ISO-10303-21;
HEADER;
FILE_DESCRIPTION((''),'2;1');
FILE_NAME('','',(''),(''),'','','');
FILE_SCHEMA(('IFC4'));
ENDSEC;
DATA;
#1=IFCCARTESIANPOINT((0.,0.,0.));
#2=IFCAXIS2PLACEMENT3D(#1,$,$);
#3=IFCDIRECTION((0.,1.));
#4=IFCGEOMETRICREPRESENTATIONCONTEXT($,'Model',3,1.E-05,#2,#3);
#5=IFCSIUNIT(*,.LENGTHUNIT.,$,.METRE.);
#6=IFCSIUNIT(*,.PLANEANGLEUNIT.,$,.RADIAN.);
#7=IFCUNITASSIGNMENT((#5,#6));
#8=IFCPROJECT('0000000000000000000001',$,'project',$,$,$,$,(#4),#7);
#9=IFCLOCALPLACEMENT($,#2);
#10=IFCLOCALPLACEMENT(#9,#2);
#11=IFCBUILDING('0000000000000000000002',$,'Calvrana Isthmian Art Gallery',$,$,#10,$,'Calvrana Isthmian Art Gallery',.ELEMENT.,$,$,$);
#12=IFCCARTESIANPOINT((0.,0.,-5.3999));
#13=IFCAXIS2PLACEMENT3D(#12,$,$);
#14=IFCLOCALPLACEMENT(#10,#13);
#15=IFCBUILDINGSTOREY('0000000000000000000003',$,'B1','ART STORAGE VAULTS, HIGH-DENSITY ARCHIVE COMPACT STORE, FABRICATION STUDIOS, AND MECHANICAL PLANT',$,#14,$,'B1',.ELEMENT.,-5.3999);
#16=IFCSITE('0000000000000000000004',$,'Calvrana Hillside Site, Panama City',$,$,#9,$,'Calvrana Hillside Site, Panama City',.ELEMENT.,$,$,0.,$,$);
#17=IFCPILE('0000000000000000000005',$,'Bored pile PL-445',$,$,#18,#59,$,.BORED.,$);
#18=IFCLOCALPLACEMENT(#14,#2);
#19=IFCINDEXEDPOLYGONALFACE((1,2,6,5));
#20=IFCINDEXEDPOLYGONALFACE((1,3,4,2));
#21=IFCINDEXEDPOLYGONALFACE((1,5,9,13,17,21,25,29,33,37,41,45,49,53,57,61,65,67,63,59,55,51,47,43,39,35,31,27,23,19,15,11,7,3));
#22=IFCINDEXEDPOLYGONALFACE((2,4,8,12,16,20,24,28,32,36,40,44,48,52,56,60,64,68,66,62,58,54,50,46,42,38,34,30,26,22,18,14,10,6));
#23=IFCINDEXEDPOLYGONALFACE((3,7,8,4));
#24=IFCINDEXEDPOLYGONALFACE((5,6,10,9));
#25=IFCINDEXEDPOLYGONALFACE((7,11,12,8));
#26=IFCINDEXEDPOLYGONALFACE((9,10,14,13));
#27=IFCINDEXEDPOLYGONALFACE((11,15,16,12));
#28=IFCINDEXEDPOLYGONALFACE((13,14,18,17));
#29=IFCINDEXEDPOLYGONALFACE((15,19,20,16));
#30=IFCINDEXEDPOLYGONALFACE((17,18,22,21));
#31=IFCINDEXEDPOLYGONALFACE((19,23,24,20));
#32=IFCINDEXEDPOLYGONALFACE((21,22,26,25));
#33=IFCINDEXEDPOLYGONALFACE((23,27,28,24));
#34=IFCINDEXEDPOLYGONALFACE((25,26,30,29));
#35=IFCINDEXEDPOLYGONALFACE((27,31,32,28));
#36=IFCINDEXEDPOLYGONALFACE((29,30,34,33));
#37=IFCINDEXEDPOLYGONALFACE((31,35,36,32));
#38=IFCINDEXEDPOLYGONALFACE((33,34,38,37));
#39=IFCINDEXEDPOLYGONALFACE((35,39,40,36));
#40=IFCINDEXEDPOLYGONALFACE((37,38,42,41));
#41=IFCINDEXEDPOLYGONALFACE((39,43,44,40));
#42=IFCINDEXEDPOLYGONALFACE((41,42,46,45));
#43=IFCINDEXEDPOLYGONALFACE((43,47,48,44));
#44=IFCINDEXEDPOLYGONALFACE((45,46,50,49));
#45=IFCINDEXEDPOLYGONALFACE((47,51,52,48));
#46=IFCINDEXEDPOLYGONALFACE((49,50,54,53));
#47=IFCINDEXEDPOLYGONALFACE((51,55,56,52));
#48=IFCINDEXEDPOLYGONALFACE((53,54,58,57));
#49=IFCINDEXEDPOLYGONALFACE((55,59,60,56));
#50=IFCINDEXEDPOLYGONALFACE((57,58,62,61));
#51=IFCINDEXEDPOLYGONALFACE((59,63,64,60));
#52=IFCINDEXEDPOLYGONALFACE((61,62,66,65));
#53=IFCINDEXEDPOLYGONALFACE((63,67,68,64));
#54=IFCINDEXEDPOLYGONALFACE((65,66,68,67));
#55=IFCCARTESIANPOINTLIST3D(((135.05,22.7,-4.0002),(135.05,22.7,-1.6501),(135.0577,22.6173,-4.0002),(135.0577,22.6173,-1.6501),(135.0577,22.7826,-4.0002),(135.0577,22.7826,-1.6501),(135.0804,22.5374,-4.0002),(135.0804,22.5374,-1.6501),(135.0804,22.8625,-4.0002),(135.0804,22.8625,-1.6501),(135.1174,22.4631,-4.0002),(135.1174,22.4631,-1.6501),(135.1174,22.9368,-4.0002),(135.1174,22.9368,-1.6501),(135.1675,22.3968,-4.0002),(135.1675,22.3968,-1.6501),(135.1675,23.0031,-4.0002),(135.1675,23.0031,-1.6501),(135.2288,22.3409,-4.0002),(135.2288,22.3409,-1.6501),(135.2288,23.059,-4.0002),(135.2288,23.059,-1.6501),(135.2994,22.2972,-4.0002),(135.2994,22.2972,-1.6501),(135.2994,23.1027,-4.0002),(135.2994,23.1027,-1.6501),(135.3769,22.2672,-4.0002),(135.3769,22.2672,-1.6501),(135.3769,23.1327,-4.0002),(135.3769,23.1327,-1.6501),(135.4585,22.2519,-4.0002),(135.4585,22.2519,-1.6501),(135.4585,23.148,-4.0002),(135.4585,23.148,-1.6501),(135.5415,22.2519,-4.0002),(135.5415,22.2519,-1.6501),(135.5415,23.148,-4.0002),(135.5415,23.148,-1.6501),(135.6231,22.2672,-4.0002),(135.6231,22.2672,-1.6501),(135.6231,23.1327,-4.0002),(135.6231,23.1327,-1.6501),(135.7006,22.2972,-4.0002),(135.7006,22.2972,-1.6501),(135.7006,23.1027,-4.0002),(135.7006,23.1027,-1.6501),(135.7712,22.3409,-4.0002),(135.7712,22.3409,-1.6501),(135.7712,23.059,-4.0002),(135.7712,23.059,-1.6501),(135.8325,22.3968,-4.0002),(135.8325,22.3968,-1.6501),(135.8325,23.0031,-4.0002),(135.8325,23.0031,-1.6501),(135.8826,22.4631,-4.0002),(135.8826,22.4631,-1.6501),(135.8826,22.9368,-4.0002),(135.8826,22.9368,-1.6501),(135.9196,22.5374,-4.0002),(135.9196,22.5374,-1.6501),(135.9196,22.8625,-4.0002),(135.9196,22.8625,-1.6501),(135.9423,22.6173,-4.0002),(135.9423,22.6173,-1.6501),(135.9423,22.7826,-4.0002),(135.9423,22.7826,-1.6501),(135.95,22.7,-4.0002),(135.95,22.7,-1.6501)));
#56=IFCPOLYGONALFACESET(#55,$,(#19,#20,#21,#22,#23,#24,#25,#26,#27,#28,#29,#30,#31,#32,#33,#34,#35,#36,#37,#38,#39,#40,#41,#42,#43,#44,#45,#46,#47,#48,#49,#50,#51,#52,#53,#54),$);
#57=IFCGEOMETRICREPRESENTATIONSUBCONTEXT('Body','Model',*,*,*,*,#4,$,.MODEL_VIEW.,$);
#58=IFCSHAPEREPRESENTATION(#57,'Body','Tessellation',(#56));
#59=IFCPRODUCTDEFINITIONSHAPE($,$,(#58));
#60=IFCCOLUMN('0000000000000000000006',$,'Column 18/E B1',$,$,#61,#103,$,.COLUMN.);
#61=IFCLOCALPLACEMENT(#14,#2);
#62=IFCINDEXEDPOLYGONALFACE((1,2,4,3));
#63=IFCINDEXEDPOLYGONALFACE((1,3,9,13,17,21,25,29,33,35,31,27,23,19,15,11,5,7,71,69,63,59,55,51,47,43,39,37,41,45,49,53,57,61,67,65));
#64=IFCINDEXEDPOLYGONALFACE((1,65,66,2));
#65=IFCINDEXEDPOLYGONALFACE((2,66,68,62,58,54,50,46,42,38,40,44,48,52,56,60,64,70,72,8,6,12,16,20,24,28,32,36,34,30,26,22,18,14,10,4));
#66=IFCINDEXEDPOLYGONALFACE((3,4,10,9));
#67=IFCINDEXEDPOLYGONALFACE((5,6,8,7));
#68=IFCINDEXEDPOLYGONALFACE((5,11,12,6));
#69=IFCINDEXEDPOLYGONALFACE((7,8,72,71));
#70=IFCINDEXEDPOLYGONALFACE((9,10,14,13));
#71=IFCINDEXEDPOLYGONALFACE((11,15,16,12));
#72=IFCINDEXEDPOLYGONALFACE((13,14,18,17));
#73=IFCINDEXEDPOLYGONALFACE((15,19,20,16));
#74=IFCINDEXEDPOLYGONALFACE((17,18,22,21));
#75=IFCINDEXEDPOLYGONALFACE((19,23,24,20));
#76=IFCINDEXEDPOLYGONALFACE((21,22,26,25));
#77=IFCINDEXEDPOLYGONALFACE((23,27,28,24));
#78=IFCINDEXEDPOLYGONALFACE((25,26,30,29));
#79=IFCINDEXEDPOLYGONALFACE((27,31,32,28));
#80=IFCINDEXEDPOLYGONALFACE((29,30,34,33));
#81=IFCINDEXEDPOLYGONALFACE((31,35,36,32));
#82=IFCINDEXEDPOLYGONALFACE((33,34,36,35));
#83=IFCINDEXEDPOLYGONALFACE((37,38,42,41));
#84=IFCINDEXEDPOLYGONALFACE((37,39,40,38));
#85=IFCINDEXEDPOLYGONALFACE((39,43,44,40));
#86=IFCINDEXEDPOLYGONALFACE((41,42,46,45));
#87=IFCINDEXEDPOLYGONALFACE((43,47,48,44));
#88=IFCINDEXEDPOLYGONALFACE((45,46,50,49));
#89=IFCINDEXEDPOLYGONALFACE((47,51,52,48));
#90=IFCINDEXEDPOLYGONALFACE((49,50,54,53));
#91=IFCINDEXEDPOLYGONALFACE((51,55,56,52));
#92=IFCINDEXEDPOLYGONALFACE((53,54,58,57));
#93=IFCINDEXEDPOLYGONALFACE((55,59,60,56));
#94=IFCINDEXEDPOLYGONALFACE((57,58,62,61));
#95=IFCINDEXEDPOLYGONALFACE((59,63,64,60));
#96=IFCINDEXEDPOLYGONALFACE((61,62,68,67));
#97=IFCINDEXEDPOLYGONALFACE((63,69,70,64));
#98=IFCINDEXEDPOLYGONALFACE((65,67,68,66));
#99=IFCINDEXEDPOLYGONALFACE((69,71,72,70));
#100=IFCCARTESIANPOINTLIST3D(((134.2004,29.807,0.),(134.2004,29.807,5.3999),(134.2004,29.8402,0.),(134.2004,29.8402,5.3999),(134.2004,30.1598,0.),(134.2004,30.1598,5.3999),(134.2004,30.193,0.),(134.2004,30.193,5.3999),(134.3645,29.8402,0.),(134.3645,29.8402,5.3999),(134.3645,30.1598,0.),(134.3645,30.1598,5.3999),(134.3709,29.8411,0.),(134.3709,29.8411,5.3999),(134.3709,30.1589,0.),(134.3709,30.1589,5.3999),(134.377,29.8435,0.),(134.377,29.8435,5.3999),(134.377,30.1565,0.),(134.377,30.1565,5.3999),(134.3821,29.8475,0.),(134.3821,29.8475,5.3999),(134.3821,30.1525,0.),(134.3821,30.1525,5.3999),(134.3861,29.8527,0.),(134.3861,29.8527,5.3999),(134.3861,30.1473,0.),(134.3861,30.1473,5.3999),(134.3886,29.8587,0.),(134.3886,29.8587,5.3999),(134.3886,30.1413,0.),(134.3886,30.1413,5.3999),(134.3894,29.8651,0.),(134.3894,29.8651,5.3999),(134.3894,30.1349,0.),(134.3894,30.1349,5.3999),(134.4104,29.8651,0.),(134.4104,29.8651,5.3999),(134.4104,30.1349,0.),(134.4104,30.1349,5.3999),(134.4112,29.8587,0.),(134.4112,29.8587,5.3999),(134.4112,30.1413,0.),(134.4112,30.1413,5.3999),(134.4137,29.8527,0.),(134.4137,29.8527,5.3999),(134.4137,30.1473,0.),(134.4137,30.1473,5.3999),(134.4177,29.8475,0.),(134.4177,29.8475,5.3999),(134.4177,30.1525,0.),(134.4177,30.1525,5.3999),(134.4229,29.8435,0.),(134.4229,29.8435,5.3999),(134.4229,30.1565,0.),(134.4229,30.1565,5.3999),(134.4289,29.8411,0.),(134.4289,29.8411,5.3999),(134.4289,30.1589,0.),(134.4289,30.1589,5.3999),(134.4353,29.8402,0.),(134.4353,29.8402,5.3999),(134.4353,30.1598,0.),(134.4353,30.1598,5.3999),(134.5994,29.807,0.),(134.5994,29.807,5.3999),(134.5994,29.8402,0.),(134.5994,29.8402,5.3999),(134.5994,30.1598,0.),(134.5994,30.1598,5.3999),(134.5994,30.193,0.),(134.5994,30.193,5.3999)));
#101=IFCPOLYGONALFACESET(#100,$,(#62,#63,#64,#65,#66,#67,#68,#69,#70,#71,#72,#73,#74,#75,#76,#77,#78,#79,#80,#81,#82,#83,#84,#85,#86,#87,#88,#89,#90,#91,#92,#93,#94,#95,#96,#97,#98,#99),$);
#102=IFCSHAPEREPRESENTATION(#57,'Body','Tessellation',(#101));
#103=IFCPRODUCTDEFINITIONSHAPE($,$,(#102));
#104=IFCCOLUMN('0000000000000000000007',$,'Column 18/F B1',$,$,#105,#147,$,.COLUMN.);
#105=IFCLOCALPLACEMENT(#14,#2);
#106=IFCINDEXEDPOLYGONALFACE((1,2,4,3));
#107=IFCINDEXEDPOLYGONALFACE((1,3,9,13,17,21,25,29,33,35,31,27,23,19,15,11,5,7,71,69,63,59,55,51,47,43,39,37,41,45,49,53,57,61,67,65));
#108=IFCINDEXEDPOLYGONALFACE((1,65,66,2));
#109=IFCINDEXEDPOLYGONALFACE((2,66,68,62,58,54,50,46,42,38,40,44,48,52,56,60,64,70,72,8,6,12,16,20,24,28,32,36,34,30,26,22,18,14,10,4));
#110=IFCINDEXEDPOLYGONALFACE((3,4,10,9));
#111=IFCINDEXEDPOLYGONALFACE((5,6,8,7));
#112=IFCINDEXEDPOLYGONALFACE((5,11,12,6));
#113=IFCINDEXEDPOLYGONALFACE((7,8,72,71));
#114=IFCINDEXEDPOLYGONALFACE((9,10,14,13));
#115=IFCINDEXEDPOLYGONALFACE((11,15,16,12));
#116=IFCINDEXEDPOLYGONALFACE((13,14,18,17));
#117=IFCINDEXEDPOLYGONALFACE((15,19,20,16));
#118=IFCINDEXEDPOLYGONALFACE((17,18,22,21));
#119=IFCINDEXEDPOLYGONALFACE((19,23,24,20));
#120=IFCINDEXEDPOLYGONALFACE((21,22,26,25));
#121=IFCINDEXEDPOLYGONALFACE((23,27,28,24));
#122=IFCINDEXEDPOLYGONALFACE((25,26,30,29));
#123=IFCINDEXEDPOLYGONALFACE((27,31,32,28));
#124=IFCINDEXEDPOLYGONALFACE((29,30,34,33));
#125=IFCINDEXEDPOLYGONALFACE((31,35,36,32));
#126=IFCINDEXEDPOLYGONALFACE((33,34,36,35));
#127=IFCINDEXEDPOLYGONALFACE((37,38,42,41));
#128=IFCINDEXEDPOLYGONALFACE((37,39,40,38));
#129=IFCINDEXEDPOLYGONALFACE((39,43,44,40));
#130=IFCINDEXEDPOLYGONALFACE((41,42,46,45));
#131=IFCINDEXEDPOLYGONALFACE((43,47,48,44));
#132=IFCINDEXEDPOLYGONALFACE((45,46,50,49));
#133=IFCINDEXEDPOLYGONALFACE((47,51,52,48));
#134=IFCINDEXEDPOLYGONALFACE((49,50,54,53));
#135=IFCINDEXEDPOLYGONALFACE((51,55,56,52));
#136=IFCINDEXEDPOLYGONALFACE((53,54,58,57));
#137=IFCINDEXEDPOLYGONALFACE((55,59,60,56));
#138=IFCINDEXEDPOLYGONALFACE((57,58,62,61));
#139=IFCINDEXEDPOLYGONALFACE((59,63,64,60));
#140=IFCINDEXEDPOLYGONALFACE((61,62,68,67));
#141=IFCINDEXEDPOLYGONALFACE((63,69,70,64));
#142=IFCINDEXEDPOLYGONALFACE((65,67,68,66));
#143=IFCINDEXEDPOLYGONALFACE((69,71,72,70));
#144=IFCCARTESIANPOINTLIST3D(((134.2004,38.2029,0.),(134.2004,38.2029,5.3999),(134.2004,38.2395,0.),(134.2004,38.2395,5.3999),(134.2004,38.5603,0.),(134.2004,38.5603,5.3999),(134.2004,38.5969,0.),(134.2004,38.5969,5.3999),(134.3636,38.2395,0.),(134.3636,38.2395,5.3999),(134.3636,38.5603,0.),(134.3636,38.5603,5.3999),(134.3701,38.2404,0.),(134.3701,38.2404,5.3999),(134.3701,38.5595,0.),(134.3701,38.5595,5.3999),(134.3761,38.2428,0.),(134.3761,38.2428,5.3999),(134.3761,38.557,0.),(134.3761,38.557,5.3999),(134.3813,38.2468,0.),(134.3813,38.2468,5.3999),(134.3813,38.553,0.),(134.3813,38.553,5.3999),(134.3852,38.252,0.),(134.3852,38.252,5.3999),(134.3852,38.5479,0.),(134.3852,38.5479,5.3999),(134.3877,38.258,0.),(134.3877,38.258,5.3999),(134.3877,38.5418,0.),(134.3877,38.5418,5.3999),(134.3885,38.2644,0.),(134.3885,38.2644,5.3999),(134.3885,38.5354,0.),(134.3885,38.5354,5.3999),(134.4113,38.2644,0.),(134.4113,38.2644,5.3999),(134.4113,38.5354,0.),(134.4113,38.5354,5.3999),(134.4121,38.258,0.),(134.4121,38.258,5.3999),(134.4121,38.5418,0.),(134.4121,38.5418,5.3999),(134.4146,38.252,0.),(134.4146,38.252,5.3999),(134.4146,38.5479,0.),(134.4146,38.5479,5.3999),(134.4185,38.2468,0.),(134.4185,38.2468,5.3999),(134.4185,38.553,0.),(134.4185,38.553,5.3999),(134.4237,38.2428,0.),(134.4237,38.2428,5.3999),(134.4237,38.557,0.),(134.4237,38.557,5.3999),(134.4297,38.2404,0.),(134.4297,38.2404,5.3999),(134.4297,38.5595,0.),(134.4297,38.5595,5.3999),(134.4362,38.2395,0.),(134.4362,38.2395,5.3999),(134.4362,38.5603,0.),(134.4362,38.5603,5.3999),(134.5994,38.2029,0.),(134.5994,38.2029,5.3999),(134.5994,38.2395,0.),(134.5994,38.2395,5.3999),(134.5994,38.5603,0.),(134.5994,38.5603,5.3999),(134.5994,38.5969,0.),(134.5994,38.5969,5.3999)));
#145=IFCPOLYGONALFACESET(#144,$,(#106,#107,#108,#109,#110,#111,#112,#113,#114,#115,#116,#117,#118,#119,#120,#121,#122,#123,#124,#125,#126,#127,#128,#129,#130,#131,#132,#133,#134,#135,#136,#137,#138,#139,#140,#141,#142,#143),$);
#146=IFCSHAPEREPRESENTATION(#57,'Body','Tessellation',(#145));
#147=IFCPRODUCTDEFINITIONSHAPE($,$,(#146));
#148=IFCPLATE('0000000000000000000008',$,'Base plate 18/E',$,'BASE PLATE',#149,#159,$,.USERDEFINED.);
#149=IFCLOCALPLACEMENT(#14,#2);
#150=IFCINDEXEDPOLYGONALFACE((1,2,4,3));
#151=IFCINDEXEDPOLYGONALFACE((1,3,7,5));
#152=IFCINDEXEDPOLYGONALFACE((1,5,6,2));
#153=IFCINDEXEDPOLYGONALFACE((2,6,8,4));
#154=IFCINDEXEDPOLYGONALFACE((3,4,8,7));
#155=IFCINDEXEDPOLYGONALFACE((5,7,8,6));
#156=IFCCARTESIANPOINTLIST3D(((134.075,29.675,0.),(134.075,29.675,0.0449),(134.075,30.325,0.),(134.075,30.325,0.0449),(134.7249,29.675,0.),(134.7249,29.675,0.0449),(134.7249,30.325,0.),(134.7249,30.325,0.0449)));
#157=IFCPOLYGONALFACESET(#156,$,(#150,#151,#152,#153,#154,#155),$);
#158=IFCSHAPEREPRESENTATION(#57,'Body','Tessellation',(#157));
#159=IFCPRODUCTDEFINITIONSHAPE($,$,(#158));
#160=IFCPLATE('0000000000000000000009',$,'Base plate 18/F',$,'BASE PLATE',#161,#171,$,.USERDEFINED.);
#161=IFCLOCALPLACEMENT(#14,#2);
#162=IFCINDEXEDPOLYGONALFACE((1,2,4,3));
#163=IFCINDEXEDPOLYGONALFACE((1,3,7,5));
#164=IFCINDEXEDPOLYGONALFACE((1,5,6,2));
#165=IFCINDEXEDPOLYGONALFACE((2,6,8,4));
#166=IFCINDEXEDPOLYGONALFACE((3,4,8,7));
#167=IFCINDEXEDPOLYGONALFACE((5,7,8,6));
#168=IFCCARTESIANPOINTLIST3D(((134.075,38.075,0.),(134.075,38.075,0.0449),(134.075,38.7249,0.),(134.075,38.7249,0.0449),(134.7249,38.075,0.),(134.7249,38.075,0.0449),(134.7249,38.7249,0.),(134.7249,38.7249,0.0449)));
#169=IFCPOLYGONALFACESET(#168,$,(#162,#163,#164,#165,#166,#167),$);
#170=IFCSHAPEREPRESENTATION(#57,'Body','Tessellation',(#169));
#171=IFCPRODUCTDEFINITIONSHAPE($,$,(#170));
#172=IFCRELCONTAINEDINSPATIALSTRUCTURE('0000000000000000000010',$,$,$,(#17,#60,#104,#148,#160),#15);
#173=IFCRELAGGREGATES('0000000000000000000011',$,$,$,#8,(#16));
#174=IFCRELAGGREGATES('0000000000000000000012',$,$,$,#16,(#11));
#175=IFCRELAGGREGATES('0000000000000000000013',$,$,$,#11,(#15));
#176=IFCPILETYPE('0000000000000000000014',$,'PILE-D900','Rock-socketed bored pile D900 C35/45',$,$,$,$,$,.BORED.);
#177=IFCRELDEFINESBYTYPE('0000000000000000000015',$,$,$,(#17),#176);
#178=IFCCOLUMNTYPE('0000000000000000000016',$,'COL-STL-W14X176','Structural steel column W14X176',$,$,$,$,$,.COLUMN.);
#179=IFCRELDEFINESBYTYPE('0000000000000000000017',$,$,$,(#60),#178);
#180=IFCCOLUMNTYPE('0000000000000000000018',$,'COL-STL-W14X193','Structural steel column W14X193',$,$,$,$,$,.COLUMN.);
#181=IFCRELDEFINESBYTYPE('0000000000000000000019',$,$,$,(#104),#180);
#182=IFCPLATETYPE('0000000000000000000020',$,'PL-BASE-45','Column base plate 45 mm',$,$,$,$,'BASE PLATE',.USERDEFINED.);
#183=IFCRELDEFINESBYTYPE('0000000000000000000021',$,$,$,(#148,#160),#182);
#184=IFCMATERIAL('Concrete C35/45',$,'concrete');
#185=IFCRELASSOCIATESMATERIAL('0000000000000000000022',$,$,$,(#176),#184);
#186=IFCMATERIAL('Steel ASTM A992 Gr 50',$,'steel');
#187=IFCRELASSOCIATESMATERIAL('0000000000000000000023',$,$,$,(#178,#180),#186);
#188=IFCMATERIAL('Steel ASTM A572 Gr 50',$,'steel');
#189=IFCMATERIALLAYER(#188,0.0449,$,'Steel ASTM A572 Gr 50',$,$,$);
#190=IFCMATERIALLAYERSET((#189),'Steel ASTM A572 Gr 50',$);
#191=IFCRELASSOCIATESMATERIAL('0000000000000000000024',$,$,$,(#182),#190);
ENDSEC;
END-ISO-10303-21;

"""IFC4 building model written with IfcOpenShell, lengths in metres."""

from ifc_helpers import new_model, si_unit, direction, frame, origin, origin_2d, place, context, subcontext, project, spatial, rectangle, circle, i_section, extrude, material, layer, layer_set, material_profile, profile_set, type_object, element, save


model = new_model("IFC4")

# Units and contexts
model_context = context("Model", 3, precision=1e-05, world=origin(), true_north=direction((0.0, 1.0)))
body_context = subcontext(model_context, "Body", "Model", "MODEL_VIEW")
ifc_project = project(units=[si_unit("LENGTHUNIT", "METRE"), si_unit("PLANEANGLEUNIT", "RADIAN")], contexts=[model_context])

# Site, building, storey
site_placement = place(None, origin())
site = spatial("IfcSite", under=ifc_project, at=site_placement, Name="Calvrana Hillside Site, Panama City", LongName="Calvrana Hillside Site, Panama City", CompositionType="ELEMENT", RefElevation=0.0)
building_placement = place(site_placement, origin())
building = spatial("IfcBuilding", under=site, at=building_placement, Name="Calvrana Isthmian Art Gallery", LongName="Calvrana Isthmian Art Gallery", CompositionType="ELEMENT")
storey_placement = place(building_placement, frame((0.0, 0.0, -5.3999)))
storey = spatial("IfcBuildingStorey", under=building, at=storey_placement, Name="B1", Description="ART STORAGE VAULTS, HIGH-DENSITY ARCHIVE COMPACT STORE, FABRICATION STUDIOS, AND MECHANICAL PLANT", LongName="B1", CompositionType="ELEMENT", Elevation=-5.3999)

# Shared definitions
ifc_material_1 = material(Name="Concrete C35/45", Category="concrete")

# Pile
ifc_material_profile_1 = material_profile(ifc_material_1, circle(Radius=0.45, at=origin_2d()), Name="PILE900D")
ifc_profile_set_1 = profile_set([ifc_material_profile_1], Name="Concrete C35/45")
pile_type_1 = type_object("IfcPileType", Name="PILE-D900", Description="Rock-socketed bored pile D900 C35/45", PredefinedType="BORED", material=ifc_profile_set_1)
pile_placement = place(storey_placement, frame((135.5, 22.7, -1.6501), z_axis=(0.0, 0.0, -1.0), x_axis=(1.0, 0.0, 0.0)))
element("IfcPile", 1, at=pile_placement, inside=storey, type_object=pile_type_1, Name="Bored pile PL-445", PredefinedType="BORED", context=body_context, shape_type="SweptSolid", body=[
    extrude(circle(Radius=0.45, at=origin_2d()), origin(), (0.0, 0.0, 1.0), 2.3501),
])

# Columns
ifc_material_2 = material(Name="Steel ASTM A992 Gr 50", Category="steel")
ifc_material_profile_2 = material_profile(ifc_material_2, i_section(OverallWidth=0.3989, OverallDepth=0.386, WebThickness=0.021, FlangeThickness=0.0332, FilletRadius=0.0249, at=origin_2d()), Name="W14X176")
ifc_profile_set_2 = profile_set([ifc_material_profile_2], Name="Steel ASTM A992 Gr 50")
column_type_1 = type_object("IfcColumnType", Name="COL-STL-W14X176", Description="Structural steel column W14X176", PredefinedType="COLUMN", material=ifc_profile_set_2)
column_1_placement = place(storey_placement, frame((134.3999, 30.0, 0.0), z_axis=(0.0, 0.0, 1.0), x_axis=(1.0, 0.0, 0.0)))
element("IfcColumn", 2, at=column_1_placement, inside=storey, type_object=column_type_1, Name="Column 18/E B1", PredefinedType="COLUMN", context=body_context, shape_type="SweptSolid", body=[
    extrude(i_section(OverallWidth=0.3989, OverallDepth=0.386, WebThickness=0.021, FlangeThickness=0.0332, FilletRadius=0.0249, at=origin_2d()), origin(), (0.0, 0.0, 1.0), 5.3999),
])
ifc_material_profile_3 = material_profile(ifc_material_2, i_section(OverallWidth=0.3989, OverallDepth=0.394, WebThickness=0.0227, FlangeThickness=0.0366, FilletRadius=0.0249, at=origin_2d()), Name="W14X193")
ifc_profile_set_3 = profile_set([ifc_material_profile_3], Name="Steel ASTM A992 Gr 50")
column_type_2 = type_object("IfcColumnType", Name="COL-STL-W14X193", Description="Structural steel column W14X193", PredefinedType="COLUMN", material=ifc_profile_set_3)
column_2_placement = place(storey_placement, frame((134.3999, 38.3999, 0.0), z_axis=(0.0, 0.0, 1.0), x_axis=(1.0, 0.0, 0.0)))
element("IfcColumn", 3, at=column_2_placement, inside=storey, type_object=column_type_2, Name="Column 18/F B1", PredefinedType="COLUMN", context=body_context, shape_type="SweptSolid", body=[
    extrude(i_section(OverallWidth=0.3989, OverallDepth=0.394, WebThickness=0.0227, FlangeThickness=0.0366, FilletRadius=0.0249, at=origin_2d()), origin(), (0.0, 0.0, 1.0), 5.3999),
])

# Plates
ifc_material_3 = material(Name="Steel ASTM A572 Gr 50", Category="steel")
ifc_layer_1 = layer(ifc_material_3, 0.0449, Name="Steel ASTM A572 Gr 50")
ifc_layer_set_1 = layer_set([ifc_layer_1], Name="Steel ASTM A572 Gr 50")
plate_type = type_object("IfcPlateType", Name="PL-BASE-45", Description="Column base plate 45 mm", ElementType="BASE PLATE", PredefinedType="USERDEFINED", material=ifc_layer_set_1)
for number, where, z_axis, x_axis, name in (
    (4, (134.3999, 30.0, 0.0), (0.0, 0.0, 1.0), (1.0, 0.0, 0.0), "Base plate 18/E"),
    (5, (134.3999, 38.3999, 0.0), (0.0, 0.0, 1.0), (1.0, 0.0, 0.0), "Base plate 18/F"),
):
    element("IfcPlate", number, at=place(storey_placement, frame(where, z_axis=z_axis, x_axis=x_axis)), inside=storey, type_object=plate_type, Name=name, ObjectType="BASE PLATE", PredefinedType="USERDEFINED", context=body_context, shape_type="SweptSolid", body=[
        extrude(rectangle(XDim=0.6499, YDim=0.6499, at=origin_2d()), origin(), (0.0, 0.0, 1.0), 0.0449),
    ])

save(model, "model.ifc")
